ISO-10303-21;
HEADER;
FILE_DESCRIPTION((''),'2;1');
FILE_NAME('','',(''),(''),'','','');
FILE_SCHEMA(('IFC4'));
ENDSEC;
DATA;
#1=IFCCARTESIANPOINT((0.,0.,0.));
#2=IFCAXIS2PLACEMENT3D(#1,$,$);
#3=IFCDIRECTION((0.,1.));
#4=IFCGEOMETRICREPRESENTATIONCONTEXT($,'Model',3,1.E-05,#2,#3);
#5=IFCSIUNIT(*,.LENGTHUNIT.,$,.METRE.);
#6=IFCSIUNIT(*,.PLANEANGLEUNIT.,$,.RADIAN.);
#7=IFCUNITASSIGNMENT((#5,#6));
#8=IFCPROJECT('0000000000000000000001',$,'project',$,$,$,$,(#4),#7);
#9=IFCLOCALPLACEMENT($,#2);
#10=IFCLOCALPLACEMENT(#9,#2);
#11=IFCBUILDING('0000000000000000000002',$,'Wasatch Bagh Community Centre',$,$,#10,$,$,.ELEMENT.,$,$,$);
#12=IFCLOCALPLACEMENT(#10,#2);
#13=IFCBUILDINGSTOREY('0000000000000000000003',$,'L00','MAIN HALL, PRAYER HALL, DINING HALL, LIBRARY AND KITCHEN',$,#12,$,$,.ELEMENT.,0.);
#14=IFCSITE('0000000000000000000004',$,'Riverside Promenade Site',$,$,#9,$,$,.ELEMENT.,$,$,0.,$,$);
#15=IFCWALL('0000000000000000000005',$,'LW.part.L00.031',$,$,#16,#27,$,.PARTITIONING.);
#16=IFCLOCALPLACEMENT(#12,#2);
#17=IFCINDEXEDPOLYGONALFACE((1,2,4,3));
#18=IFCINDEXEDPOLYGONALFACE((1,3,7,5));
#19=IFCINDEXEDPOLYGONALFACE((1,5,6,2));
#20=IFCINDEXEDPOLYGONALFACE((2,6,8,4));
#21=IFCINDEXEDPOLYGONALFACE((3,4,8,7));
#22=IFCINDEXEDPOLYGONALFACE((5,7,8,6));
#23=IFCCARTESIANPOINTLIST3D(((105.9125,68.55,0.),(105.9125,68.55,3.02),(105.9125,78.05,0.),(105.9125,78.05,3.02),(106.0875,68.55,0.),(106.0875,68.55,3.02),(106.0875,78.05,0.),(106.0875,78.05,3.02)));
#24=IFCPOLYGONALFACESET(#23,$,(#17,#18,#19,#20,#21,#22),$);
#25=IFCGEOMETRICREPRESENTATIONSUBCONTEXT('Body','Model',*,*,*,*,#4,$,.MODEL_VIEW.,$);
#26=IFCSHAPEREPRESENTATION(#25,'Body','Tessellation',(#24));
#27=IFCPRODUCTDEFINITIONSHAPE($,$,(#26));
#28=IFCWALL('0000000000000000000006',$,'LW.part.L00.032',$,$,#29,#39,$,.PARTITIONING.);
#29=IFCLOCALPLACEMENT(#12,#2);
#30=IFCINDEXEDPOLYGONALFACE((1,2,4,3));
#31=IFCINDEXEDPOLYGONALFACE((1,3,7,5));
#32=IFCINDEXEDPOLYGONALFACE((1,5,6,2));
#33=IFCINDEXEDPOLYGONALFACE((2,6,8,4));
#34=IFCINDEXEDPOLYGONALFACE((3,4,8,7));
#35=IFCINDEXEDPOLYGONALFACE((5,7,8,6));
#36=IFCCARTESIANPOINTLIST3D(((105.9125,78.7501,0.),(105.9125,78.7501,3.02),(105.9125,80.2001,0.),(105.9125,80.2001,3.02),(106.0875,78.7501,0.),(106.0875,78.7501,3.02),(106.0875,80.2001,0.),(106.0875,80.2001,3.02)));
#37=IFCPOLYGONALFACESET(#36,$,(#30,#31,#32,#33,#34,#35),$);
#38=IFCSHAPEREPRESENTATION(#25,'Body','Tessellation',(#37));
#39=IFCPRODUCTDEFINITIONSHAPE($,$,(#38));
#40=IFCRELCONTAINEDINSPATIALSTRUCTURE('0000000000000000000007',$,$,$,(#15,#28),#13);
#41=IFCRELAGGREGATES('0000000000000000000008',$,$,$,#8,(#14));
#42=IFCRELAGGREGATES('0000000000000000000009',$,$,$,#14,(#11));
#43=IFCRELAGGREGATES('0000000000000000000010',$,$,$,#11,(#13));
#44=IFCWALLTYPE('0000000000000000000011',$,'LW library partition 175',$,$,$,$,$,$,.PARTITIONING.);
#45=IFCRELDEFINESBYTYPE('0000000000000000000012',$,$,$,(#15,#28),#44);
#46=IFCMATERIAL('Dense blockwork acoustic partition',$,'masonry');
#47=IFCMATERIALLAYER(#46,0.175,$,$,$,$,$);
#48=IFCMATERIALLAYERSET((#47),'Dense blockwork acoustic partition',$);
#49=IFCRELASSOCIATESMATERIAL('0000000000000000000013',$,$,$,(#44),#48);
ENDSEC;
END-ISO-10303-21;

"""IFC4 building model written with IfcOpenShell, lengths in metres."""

from ifc_helpers import new_model, si_unit, direction, frame, frame_2d, origin, place, context, subcontext, project, spatial, rectangle, extrude, material, layer, layer_set, type_object, element, save


model = new_model("IFC4")

# Units and contexts
model_context = context("Model", 3, precision=1e-05, world=origin(), true_north=direction((0.0, 1.0)))
body_context = subcontext(model_context, "Body", "Model", "MODEL_VIEW")
ifc_project = project(units=[si_unit("LENGTHUNIT", "METRE"), si_unit("PLANEANGLEUNIT", "RADIAN")], contexts=[model_context])

# Site, building, storey
site_placement = place(None, origin())
site = spatial("IfcSite", under=ifc_project, at=site_placement, Name="Riverside Promenade Site", CompositionType="ELEMENT", RefElevation=0.0)
building_placement = place(site_placement, origin())
building = spatial("IfcBuilding", under=site, at=building_placement, Name="Wasatch Bagh Community Centre", CompositionType="ELEMENT")
storey_placement = place(building_placement, origin())
storey = spatial("IfcBuildingStorey", under=building, at=storey_placement, Name="L00", Description="MAIN HALL, PRAYER HALL, DINING HALL, LIBRARY AND KITCHEN", CompositionType="ELEMENT", Elevation=0.0)

# Walls
ifc_material_1 = material(Name="Dense blockwork acoustic partition", Category="masonry")
ifc_layer_1 = layer(ifc_material_1, 0.175)
ifc_layer_set_1 = layer_set([ifc_layer_1], Name="Dense blockwork acoustic partition")
wall_type = type_object("IfcWallType", Name="LW library partition 175", PredefinedType="PARTITIONING", material=ifc_layer_set_1)
wall_1_placement = place(storey_placement, frame((106.0, 68.55, 0.0), z_axis=(0.0, 0.0, 1.0), x_axis=(0.0, 1.0, 0.0)))
element("IfcWall", 1, at=wall_1_placement, inside=storey, type_object=wall_type, Name="LW.part.L00.031", PredefinedType="PARTITIONING", context=body_context, shape_type="SweptSolid", body=[
    extrude(rectangle(XDim=9.5, YDim=0.175, at=frame_2d((4.75, 0.0))), origin(), (0.0, 0.0, 1.0), 3.02),
])
wall_2_placement = place(storey_placement, frame((106.0, 78.75, 0.0), z_axis=(0.0, 0.0, 1.0), x_axis=(0.0, 1.0, 0.0)))
element("IfcWall", 2, at=wall_2_placement, inside=storey, type_object=wall_type, Name="LW.part.L00.032", PredefinedType="PARTITIONING", context=body_context, shape_type="SweptSolid", body=[
    extrude(rectangle(XDim=1.45, YDim=0.175, at=frame_2d((0.7251, 0.0))), origin(), (0.0, 0.0, 1.0), 3.02),
])

save(model, "model.ifc")
